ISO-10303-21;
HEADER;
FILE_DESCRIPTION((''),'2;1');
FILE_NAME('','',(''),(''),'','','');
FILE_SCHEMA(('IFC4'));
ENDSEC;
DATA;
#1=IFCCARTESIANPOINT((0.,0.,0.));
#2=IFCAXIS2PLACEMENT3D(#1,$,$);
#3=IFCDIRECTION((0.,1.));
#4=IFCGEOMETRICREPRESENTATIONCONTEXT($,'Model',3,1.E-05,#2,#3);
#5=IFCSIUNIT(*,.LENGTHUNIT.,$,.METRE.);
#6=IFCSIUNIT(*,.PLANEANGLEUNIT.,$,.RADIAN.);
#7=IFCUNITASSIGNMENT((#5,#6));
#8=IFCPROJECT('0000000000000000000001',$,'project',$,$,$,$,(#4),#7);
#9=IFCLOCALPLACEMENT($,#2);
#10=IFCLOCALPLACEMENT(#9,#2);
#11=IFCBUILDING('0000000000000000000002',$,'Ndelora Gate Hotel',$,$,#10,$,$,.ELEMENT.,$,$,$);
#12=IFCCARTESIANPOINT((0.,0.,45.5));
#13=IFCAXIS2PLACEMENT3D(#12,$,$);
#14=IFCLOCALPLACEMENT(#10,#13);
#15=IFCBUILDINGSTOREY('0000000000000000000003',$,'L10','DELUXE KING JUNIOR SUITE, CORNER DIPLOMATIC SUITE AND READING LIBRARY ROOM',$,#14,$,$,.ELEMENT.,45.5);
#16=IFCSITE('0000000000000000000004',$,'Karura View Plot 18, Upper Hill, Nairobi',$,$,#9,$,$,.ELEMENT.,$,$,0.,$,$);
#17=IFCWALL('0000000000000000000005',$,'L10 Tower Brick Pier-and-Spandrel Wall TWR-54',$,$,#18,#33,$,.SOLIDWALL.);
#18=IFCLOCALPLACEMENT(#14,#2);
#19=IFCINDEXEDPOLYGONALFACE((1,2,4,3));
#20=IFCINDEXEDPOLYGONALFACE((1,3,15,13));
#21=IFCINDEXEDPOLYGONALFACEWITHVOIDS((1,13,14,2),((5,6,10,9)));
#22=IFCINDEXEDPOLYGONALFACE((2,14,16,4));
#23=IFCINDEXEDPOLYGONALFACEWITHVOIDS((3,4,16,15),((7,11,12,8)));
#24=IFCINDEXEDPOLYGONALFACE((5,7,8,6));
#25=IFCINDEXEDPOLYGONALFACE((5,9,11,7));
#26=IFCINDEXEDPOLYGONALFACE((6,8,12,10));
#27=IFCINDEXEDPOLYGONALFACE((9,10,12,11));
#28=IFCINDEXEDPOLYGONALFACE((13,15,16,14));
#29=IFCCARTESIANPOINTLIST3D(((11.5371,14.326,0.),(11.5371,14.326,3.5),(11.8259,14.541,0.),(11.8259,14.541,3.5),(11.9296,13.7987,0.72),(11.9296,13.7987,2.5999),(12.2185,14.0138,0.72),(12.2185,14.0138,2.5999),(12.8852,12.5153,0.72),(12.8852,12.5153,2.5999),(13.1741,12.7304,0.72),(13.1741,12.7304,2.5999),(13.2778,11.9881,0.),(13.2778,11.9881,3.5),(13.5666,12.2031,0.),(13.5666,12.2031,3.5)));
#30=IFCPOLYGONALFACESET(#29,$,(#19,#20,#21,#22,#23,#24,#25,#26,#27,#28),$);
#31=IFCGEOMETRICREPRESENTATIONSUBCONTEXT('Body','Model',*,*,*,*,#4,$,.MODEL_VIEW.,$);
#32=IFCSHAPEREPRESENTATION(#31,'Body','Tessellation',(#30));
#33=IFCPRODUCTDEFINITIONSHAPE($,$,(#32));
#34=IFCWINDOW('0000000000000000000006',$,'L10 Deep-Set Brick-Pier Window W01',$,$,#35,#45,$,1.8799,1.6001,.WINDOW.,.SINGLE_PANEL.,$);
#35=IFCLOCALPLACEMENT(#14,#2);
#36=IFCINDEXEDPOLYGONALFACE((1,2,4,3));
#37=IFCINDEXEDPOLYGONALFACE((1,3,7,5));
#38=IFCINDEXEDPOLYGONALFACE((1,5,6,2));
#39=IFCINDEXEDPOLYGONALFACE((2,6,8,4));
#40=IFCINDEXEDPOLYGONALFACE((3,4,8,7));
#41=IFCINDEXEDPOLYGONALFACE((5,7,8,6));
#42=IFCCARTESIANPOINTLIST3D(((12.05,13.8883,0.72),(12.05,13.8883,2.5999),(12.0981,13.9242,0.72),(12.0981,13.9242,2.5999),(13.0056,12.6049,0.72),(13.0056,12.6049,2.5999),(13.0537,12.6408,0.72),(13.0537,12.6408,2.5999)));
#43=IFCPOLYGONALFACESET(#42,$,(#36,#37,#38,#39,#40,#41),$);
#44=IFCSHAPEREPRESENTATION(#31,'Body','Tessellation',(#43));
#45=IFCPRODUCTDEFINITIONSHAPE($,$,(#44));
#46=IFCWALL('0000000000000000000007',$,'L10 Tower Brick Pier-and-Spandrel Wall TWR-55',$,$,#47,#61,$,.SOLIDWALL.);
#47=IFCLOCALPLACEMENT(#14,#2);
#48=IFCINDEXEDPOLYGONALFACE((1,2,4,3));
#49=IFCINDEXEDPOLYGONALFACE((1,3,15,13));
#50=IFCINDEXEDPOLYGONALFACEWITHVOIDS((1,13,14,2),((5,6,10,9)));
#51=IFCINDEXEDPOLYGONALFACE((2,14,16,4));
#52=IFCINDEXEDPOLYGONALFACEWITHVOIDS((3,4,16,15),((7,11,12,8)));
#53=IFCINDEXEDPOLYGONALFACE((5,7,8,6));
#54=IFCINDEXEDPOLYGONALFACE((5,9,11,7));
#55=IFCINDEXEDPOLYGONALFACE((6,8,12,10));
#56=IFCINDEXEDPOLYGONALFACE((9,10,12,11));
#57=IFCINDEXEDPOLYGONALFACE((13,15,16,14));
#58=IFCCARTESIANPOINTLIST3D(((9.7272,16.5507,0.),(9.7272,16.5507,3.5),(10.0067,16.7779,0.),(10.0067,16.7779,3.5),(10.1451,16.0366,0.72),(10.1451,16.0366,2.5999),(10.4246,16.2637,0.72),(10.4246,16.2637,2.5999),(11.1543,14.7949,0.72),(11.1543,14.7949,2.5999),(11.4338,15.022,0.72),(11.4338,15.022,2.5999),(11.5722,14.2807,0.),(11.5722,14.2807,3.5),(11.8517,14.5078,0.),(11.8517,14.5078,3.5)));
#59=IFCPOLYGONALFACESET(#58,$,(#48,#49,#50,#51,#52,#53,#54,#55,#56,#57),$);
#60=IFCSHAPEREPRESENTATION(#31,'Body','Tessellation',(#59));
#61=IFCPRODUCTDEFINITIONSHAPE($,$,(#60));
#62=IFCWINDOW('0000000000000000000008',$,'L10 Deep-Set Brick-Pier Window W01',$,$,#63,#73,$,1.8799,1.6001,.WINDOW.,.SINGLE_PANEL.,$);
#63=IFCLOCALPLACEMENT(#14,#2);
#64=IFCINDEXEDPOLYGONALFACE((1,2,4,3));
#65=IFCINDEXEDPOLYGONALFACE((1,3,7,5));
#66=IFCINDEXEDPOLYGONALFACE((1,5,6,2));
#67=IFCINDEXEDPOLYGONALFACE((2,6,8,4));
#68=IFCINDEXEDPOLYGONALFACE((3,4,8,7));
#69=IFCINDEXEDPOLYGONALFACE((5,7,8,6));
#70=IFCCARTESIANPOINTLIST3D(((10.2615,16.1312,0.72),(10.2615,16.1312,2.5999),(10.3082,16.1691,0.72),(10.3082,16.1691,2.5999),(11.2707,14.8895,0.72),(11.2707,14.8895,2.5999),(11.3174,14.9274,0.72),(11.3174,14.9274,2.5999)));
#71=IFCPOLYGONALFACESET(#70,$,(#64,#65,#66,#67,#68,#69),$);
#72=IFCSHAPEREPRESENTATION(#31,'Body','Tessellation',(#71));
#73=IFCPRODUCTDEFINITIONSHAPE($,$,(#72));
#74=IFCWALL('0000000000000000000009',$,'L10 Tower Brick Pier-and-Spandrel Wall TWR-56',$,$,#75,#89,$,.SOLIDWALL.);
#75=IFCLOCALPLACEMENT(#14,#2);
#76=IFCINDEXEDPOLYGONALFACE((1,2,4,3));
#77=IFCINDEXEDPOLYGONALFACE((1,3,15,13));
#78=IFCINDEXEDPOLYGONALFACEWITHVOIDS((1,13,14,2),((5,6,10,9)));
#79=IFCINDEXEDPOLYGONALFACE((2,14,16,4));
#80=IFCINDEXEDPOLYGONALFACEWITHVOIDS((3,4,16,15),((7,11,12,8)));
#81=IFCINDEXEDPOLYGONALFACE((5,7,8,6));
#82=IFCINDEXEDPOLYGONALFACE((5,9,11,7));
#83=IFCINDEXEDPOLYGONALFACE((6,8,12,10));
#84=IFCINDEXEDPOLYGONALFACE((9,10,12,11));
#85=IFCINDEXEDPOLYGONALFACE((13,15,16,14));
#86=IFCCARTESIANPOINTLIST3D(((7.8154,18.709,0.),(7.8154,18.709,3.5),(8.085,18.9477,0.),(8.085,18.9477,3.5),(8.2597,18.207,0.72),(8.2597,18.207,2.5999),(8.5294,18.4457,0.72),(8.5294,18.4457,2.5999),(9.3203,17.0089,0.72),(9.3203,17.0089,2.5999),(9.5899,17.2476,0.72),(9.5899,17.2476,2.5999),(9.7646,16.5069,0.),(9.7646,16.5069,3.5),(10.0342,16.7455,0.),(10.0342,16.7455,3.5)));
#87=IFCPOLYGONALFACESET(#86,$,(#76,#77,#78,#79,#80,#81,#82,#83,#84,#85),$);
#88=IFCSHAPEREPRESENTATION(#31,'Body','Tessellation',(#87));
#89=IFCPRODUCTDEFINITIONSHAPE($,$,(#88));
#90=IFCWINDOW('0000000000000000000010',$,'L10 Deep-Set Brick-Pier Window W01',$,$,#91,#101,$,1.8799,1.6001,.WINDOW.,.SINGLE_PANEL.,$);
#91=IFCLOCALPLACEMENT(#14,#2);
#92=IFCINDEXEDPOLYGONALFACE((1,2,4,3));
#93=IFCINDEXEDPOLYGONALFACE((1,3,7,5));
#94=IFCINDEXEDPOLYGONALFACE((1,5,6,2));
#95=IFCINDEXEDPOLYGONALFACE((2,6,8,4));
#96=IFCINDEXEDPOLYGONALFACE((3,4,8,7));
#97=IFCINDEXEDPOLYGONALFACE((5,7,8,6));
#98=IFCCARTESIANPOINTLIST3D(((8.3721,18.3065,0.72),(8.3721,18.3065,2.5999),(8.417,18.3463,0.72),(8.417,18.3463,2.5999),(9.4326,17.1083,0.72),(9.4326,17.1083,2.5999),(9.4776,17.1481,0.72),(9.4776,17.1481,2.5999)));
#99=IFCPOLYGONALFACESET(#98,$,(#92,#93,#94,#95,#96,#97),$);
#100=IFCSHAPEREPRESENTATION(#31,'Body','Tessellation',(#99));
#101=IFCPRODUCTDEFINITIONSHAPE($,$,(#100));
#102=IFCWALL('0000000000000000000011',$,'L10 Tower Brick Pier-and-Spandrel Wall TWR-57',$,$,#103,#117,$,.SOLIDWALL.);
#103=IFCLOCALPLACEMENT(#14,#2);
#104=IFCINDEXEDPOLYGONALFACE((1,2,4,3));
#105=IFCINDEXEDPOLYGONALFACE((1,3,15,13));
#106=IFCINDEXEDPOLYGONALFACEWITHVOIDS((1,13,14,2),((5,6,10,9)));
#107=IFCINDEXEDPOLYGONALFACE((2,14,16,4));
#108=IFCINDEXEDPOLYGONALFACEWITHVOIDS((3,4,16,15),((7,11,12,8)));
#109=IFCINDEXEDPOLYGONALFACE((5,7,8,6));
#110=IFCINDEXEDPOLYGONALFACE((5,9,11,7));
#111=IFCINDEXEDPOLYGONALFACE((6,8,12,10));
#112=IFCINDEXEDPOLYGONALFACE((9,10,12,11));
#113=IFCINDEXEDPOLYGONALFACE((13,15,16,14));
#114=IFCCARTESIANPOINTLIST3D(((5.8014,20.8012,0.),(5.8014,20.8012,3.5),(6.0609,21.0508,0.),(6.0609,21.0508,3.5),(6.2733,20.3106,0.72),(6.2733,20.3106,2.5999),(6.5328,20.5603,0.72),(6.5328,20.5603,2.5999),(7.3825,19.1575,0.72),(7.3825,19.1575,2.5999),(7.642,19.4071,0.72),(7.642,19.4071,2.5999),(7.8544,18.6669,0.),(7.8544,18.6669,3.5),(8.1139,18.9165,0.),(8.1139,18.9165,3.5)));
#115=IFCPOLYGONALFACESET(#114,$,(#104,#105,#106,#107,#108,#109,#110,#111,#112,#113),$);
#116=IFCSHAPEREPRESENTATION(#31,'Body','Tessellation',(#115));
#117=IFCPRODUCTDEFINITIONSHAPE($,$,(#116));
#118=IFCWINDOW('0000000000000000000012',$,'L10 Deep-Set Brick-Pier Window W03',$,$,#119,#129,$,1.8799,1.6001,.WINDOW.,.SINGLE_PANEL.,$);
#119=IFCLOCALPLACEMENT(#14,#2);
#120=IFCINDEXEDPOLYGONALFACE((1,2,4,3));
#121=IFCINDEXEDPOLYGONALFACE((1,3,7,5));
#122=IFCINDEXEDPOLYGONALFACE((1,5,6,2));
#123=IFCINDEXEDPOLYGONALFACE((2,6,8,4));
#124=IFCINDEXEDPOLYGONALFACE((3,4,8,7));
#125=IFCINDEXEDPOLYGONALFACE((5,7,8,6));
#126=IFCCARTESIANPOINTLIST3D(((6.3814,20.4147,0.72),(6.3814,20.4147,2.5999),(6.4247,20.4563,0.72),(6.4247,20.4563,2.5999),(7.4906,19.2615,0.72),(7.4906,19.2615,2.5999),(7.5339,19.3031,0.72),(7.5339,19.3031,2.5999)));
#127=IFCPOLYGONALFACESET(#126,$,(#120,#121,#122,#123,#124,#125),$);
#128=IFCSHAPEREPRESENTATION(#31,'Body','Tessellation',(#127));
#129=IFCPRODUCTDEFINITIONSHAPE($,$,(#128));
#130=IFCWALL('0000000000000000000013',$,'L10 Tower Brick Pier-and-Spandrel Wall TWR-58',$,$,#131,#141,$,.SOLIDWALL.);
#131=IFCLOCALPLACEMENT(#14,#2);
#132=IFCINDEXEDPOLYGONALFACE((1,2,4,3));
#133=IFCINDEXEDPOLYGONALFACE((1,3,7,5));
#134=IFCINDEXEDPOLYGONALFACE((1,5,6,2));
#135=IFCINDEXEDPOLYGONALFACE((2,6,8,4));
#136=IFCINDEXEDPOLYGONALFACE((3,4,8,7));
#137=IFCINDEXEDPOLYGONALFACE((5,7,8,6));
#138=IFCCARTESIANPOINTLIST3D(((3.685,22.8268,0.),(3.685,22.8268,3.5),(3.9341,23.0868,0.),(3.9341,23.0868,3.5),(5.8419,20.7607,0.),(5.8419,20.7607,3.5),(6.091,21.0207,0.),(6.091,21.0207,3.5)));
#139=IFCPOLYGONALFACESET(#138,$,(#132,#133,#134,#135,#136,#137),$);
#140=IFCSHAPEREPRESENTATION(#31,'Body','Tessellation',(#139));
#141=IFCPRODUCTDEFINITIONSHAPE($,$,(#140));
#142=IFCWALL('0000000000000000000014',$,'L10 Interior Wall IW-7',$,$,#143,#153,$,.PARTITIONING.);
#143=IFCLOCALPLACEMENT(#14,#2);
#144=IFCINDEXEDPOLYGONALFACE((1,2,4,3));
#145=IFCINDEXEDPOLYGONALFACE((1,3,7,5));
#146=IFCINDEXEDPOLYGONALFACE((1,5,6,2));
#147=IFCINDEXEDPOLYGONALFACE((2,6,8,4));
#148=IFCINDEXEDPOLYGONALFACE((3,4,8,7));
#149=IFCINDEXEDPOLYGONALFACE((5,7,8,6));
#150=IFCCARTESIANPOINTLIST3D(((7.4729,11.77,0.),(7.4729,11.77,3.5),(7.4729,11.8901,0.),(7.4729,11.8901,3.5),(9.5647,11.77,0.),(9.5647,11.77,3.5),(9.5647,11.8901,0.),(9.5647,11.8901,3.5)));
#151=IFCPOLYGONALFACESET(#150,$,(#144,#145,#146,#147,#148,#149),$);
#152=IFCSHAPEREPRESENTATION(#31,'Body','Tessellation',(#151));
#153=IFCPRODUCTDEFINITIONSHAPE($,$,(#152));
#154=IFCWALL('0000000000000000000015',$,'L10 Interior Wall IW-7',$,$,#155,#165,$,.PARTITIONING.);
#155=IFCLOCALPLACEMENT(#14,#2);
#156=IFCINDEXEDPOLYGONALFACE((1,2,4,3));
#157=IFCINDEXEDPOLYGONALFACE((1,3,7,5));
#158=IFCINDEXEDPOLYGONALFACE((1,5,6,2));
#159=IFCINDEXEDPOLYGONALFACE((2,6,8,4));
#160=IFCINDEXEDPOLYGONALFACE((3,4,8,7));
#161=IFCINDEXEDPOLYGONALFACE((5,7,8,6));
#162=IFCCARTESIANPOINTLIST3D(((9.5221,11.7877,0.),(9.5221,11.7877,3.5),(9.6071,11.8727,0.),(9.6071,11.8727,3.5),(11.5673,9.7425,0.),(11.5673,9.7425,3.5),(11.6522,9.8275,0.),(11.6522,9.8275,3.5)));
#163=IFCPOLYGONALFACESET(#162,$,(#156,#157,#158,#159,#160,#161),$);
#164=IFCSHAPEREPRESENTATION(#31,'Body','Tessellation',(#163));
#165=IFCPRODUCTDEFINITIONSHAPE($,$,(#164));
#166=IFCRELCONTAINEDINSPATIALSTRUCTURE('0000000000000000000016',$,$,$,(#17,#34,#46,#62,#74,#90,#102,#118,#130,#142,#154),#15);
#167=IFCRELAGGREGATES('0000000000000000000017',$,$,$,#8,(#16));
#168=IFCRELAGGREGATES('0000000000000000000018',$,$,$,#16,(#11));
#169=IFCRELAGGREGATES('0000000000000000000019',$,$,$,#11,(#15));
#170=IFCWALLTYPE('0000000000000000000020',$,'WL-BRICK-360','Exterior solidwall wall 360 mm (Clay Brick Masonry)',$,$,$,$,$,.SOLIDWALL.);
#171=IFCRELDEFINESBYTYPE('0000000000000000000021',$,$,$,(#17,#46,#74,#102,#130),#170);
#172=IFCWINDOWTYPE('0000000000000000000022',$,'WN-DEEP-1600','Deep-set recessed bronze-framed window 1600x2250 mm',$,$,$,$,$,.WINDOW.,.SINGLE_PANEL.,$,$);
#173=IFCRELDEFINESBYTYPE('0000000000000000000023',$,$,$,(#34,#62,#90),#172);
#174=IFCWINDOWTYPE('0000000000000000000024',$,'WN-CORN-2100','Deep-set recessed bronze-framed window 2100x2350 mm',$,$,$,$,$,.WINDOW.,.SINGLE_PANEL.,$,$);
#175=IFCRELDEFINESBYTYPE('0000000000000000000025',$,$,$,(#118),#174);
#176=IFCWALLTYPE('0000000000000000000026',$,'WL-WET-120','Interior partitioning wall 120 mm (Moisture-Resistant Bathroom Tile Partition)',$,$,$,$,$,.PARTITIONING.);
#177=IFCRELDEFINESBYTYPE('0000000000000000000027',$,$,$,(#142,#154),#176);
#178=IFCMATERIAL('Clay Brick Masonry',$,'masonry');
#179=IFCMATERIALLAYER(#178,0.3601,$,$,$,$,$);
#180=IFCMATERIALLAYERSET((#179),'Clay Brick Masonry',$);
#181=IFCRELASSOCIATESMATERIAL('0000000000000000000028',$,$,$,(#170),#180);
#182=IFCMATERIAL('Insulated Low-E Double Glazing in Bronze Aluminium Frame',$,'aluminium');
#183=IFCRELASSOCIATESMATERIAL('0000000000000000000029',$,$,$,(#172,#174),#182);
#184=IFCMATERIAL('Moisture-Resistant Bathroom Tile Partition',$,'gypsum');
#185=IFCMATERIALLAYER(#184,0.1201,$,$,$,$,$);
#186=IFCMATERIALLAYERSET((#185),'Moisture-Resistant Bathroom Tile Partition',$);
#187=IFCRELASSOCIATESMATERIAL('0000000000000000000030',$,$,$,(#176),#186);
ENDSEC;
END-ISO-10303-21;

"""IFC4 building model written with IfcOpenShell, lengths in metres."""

from ifc_helpers import new_model, si_unit, direction, frame, frame_2d, origin, place, context, subcontext, project, spatial, rectangle, extrude, material, layer, layer_set, type_object, element, fill, save


model = new_model("IFC4")

# Units and contexts
model_context = context("Model", 3, precision=1e-05, world=origin(), true_north=direction((0.0, 1.0)))
body_context = subcontext(model_context, "Body", "Model", "MODEL_VIEW")
ifc_project = project(units=[si_unit("LENGTHUNIT", "METRE"), si_unit("PLANEANGLEUNIT", "RADIAN")], contexts=[model_context])

# Site, building, storey
site_placement = place(None, origin())
site = spatial("IfcSite", under=ifc_project, at=site_placement, Name="Karura View Plot 18, Upper Hill, Nairobi", CompositionType="ELEMENT", RefElevation=0.0)
building_placement = place(site_placement, origin())
building = spatial("IfcBuilding", under=site, at=building_placement, Name="Ndelora Gate Hotel", CompositionType="ELEMENT")
storey_placement = place(building_placement, frame((0.0, 0.0, 45.5)))
storey = spatial("IfcBuildingStorey", under=building, at=storey_placement, Name="L10", Description="DELUXE KING JUNIOR SUITE, CORNER DIPLOMATIC SUITE AND READING LIBRARY ROOM", CompositionType="ELEMENT", Elevation=45.5)

# Shared definitions
ifc_material_1 = material(Name="Clay Brick Masonry", Category="masonry")
ifc_layer_1 = layer(ifc_material_1, 0.3601)
ifc_layer_set_1 = layer_set([ifc_layer_1], Name="Clay Brick Masonry")
wall_type_1 = type_object("IfcWallType", Name="WL-BRICK-360", Description="Exterior solidwall wall 360 mm (Clay Brick Masonry)", PredefinedType="SOLIDWALL", material=ifc_layer_set_1)

# Walls, openings, windows
wall_1_placement = place(storey_placement, frame((11.6814, 14.4336, 0.0), z_axis=(0.0, 0.0, 1.0), x_axis=(0.597209, -0.802086, 0.0)))
wall_1 = element("IfcWall", 1, at=wall_1_placement, inside=storey, type_object=wall_type_1, Name="L10 Tower Brick Pier-and-Spandrel Wall TWR-54", PredefinedType="SOLIDWALL", context=body_context, shape_type="SweptSolid", body=[
    extrude(rectangle(XDim=2.9148, YDim=0.3601, at=frame_2d((1.4575, 0.0))), origin(), (0.0, 0.0, 1.0), 3.5),
])
opening_1_placement = place(wall_1_placement, frame((0.6575, 0.0, 0.72)))
opening_1 = element("IfcOpeningElement", 2, at=opening_1_placement, cuts=wall_1, PredefinedType="OPENING", context=body_context, shape_type="SweptSolid", body=[
    extrude(rectangle(XDim=1.6001, YDim=1.8799, at=frame_2d((0.8, 0.9399))), frame((0.0, 0.1899, 0.0), z_axis=(0.0, -1.0, 0.0), x_axis=(1.0, 0.0, 0.0)), (0.0, 0.0, 1.0), 0.3801),
])
ifc_material_2 = material(Name="Insulated Low-E Double Glazing in Bronze Aluminium Frame", Category="aluminium")
window_type_1 = type_object("IfcWindowType", Name="WN-DEEP-1600", Description="Deep-set recessed bronze-framed window 1600x2250 mm", PartitioningType="SINGLE_PANEL", PredefinedType="WINDOW", material=ifc_material_2)
window_1_placement = place(opening_1_placement, origin())
window_1 = element("IfcWindow", 3, at=window_1_placement, inside=storey, type_object=window_type_1, Name="L10 Deep-Set Brick-Pier Window W01", OverallHeight=1.8799, OverallWidth=1.6001, PartitioningType="SINGLE_PANEL", PredefinedType="WINDOW", context=body_context, shape_type="SweptSolid", body=[
    extrude(rectangle(XDim=1.6001, YDim=1.8799, at=frame_2d((0.8, 0.9399))), frame((0.0, 0.03, 0.0), z_axis=(0.0, -1.0, 0.0), x_axis=(1.0, 0.0, 0.0)), (0.0, 0.0, 1.0), 0.0601),
])
fill(opening_1, window_1)
wall_2_placement = place(storey_placement, frame((9.8669, 16.6643, 0.0), z_axis=(0.0, 0.0, 1.0), x_axis=(0.630712, -0.776017, 0.0)))
wall_2 = element("IfcWall", 4, at=wall_2_placement, inside=storey, type_object=wall_type_1, Name="L10 Tower Brick Pier-and-Spandrel Wall TWR-55", PredefinedType="SOLIDWALL", context=body_context, shape_type="SweptSolid", body=[
    extrude(rectangle(XDim=2.9253, YDim=0.3601, at=frame_2d((1.4626, 0.0))), origin(), (0.0, 0.0, 1.0), 3.5),
])
opening_2_placement = place(wall_2_placement, frame((0.6626, 0.0, 0.72)))
opening_2 = element("IfcOpeningElement", 5, at=opening_2_placement, cuts=wall_2, PredefinedType="OPENING", context=body_context, shape_type="SweptSolid", body=[
    extrude(rectangle(XDim=1.6001, YDim=1.8799, at=frame_2d((0.8, 0.9399))), frame((0.0, 0.1899, 0.0), z_axis=(0.0, -1.0, 0.0), x_axis=(1.0, 0.0, 0.0)), (0.0, 0.0, 1.0), 0.3801),
])
window_2_placement = place(opening_2_placement, origin())
window_2 = element("IfcWindow", 6, at=window_2_placement, inside=storey, type_object=window_type_1, Name="L10 Deep-Set Brick-Pier Window W01", OverallHeight=1.8799, OverallWidth=1.6001, PartitioningType="SINGLE_PANEL", PredefinedType="WINDOW", context=body_context, shape_type="SweptSolid", body=[
    extrude(rectangle(XDim=1.6001, YDim=1.8799, at=frame_2d((0.8, 0.9399))), frame((0.0, 0.03, 0.0), z_axis=(0.0, -1.0, 0.0), x_axis=(1.0, 0.0, 0.0)), (0.0, 0.0, 1.0), 0.0601),
])
fill(opening_2, window_2)
wall_3_placement = place(storey_placement, frame((7.9502, 18.8284, 0.0), z_axis=(0.0, 0.0, 1.0), x_axis=(0.662796, -0.7488, 0.0)))
wall_3 = element("IfcWall", 7, at=wall_3_placement, inside=storey, type_object=wall_type_1, Name="L10 Tower Brick Pier-and-Spandrel Wall TWR-56", PredefinedType="SOLIDWALL", context=body_context, shape_type="SweptSolid", body=[
    extrude(rectangle(XDim=2.9409, YDim=0.3601, at=frame_2d((1.4705, 0.0))), origin(), (0.0, 0.0, 1.0), 3.5),
])
opening_3_placement = place(wall_3_placement, frame((0.6704, 0.0, 0.72)))
opening_3 = element("IfcOpeningElement", 8, at=opening_3_placement, cuts=wall_3, PredefinedType="OPENING", context=body_context, shape_type="SweptSolid", body=[
    extrude(rectangle(XDim=1.6001, YDim=1.8799, at=frame_2d((0.8, 0.9399))), frame((0.0, 0.1899, 0.0), z_axis=(0.0, -1.0, 0.0), x_axis=(1.0, 0.0, 0.0)), (0.0, 0.0, 1.0), 0.3801),
])
window_3_placement = place(opening_3_placement, origin())
window_3 = element("IfcWindow", 9, at=window_3_placement, inside=storey, type_object=window_type_1, Name="L10 Deep-Set Brick-Pier Window W01", OverallHeight=1.8799, OverallWidth=1.6001, PartitioningType="SINGLE_PANEL", PredefinedType="WINDOW", context=body_context, shape_type="SweptSolid", body=[
    extrude(rectangle(XDim=1.6001, YDim=1.8799, at=frame_2d((0.8, 0.9399))), frame((0.0, 0.03, 0.0), z_axis=(0.0, -1.0, 0.0), x_axis=(1.0, 0.0, 0.0)), (0.0, 0.0, 1.0), 0.0601),
])
fill(opening_3, window_3)
wall_4_placement = place(storey_placement, frame((5.9312, 20.926, 0.0), z_axis=(0.0, 0.0, 1.0), x_axis=(0.693247, -0.7207, 0.0)))
wall_4 = element("IfcWall", 10, at=wall_4_placement, inside=storey, type_object=wall_type_1, Name="L10 Tower Brick Pier-and-Spandrel Wall TWR-57", PredefinedType="SOLIDWALL", context=body_context, shape_type="SweptSolid", body=[
    extrude(rectangle(XDim=2.9614, YDim=0.3601, at=frame_2d((1.4807, 0.0))), origin(), (0.0, 0.0, 1.0), 3.5),
])
opening_4_placement = place(wall_4_placement, frame((0.6807, 0.0, 0.72)))
opening_4 = element("IfcOpeningElement", 11, at=opening_4_placement, cuts=wall_4, PredefinedType="OPENING", context=body_context, shape_type="SweptSolid", body=[
    extrude(rectangle(XDim=1.6001, YDim=1.8799, at=frame_2d((0.8, 0.9399))), frame((0.0, 0.1899, 0.0), z_axis=(0.0, -1.0, 0.0), x_axis=(1.0, 0.0, 0.0)), (0.0, 0.0, 1.0), 0.3801),
])
window_type_2 = type_object("IfcWindowType", Name="WN-CORN-2100", Description="Deep-set recessed bronze-framed window 2100x2350 mm", PartitioningType="SINGLE_PANEL", PredefinedType="WINDOW", material=ifc_material_2)
window_4_placement = place(opening_4_placement, origin())
window_4 = element("IfcWindow", 12, at=window_4_placement, inside=storey, type_object=window_type_2, Name="L10 Deep-Set Brick-Pier Window W03", OverallHeight=1.8799, OverallWidth=1.6001, PartitioningType="SINGLE_PANEL", PredefinedType="WINDOW", context=body_context, shape_type="SweptSolid", body=[
    extrude(rectangle(XDim=1.6001, YDim=1.8799, at=frame_2d((0.8, 0.9399))), frame((0.0, 0.03, 0.0), z_axis=(0.0, -1.0, 0.0), x_axis=(1.0, 0.0, 0.0)), (0.0, 0.0, 1.0), 0.0601),
])
fill(opening_4, window_4)

# Walls
wall_5_placement = place(storey_placement, frame((3.8096, 22.9568, 0.0), z_axis=(0.0, 0.0, 1.0), x_axis=(0.722146, -0.69174, 0.0)))
element("IfcWall", 13, at=wall_5_placement, inside=storey, type_object=wall_type_1, Name="L10 Tower Brick Pier-and-Spandrel Wall TWR-58", PredefinedType="SOLIDWALL", context=body_context, shape_type="SweptSolid", body=[
    extrude(rectangle(XDim=2.9868, YDim=0.3601, at=frame_2d((1.4934, 0.0))), origin(), (0.0, 0.0, 1.0), 3.5),
])
ifc_material_3 = material(Name="Moisture-Resistant Bathroom Tile Partition", Category="gypsum")
ifc_layer_2 = layer(ifc_material_3, 0.1201)
ifc_layer_set_2 = layer_set([ifc_layer_2], Name="Moisture-Resistant Bathroom Tile Partition")
wall_type_2 = type_object("IfcWallType", Name="WL-WET-120", Description="Interior partitioning wall 120 mm (Moisture-Resistant Bathroom Tile Partition)", PredefinedType="PARTITIONING", material=ifc_layer_set_2)
wall_6_placement = place(storey_placement, frame((7.4729, 11.8301, 0.0), z_axis=(0.0, 0.0, 1.0), x_axis=(1.0, 0.0, 0.0)))
element("IfcWall", 14, at=wall_6_placement, inside=storey, type_object=wall_type_2, Name="L10 Interior Wall IW-7", PredefinedType="PARTITIONING", context=body_context, shape_type="SweptSolid", body=[
    extrude(rectangle(XDim=2.0918, YDim=0.1201, at=frame_2d((1.0459, 0.0))), origin(), (0.0, 0.0, 1.0), 3.5),
])
wall_7_placement = place(storey_placement, frame((11.6099, 9.7849, 0.0), z_axis=(0.0, 0.0, 1.0), x_axis=(-0.707107, 0.707107, 0.0)))
element("IfcWall", 15, at=wall_7_placement, inside=storey, type_object=wall_type_2, Name="L10 Interior Wall IW-7", PredefinedType="PARTITIONING", context=body_context, shape_type="SweptSolid", body=[
    extrude(rectangle(XDim=2.8923, YDim=0.1201, at=frame_2d((1.4463, 0.0))), origin(), (0.0, 0.0, 1.0), 3.5),
])

save(model, "model.ifc")
